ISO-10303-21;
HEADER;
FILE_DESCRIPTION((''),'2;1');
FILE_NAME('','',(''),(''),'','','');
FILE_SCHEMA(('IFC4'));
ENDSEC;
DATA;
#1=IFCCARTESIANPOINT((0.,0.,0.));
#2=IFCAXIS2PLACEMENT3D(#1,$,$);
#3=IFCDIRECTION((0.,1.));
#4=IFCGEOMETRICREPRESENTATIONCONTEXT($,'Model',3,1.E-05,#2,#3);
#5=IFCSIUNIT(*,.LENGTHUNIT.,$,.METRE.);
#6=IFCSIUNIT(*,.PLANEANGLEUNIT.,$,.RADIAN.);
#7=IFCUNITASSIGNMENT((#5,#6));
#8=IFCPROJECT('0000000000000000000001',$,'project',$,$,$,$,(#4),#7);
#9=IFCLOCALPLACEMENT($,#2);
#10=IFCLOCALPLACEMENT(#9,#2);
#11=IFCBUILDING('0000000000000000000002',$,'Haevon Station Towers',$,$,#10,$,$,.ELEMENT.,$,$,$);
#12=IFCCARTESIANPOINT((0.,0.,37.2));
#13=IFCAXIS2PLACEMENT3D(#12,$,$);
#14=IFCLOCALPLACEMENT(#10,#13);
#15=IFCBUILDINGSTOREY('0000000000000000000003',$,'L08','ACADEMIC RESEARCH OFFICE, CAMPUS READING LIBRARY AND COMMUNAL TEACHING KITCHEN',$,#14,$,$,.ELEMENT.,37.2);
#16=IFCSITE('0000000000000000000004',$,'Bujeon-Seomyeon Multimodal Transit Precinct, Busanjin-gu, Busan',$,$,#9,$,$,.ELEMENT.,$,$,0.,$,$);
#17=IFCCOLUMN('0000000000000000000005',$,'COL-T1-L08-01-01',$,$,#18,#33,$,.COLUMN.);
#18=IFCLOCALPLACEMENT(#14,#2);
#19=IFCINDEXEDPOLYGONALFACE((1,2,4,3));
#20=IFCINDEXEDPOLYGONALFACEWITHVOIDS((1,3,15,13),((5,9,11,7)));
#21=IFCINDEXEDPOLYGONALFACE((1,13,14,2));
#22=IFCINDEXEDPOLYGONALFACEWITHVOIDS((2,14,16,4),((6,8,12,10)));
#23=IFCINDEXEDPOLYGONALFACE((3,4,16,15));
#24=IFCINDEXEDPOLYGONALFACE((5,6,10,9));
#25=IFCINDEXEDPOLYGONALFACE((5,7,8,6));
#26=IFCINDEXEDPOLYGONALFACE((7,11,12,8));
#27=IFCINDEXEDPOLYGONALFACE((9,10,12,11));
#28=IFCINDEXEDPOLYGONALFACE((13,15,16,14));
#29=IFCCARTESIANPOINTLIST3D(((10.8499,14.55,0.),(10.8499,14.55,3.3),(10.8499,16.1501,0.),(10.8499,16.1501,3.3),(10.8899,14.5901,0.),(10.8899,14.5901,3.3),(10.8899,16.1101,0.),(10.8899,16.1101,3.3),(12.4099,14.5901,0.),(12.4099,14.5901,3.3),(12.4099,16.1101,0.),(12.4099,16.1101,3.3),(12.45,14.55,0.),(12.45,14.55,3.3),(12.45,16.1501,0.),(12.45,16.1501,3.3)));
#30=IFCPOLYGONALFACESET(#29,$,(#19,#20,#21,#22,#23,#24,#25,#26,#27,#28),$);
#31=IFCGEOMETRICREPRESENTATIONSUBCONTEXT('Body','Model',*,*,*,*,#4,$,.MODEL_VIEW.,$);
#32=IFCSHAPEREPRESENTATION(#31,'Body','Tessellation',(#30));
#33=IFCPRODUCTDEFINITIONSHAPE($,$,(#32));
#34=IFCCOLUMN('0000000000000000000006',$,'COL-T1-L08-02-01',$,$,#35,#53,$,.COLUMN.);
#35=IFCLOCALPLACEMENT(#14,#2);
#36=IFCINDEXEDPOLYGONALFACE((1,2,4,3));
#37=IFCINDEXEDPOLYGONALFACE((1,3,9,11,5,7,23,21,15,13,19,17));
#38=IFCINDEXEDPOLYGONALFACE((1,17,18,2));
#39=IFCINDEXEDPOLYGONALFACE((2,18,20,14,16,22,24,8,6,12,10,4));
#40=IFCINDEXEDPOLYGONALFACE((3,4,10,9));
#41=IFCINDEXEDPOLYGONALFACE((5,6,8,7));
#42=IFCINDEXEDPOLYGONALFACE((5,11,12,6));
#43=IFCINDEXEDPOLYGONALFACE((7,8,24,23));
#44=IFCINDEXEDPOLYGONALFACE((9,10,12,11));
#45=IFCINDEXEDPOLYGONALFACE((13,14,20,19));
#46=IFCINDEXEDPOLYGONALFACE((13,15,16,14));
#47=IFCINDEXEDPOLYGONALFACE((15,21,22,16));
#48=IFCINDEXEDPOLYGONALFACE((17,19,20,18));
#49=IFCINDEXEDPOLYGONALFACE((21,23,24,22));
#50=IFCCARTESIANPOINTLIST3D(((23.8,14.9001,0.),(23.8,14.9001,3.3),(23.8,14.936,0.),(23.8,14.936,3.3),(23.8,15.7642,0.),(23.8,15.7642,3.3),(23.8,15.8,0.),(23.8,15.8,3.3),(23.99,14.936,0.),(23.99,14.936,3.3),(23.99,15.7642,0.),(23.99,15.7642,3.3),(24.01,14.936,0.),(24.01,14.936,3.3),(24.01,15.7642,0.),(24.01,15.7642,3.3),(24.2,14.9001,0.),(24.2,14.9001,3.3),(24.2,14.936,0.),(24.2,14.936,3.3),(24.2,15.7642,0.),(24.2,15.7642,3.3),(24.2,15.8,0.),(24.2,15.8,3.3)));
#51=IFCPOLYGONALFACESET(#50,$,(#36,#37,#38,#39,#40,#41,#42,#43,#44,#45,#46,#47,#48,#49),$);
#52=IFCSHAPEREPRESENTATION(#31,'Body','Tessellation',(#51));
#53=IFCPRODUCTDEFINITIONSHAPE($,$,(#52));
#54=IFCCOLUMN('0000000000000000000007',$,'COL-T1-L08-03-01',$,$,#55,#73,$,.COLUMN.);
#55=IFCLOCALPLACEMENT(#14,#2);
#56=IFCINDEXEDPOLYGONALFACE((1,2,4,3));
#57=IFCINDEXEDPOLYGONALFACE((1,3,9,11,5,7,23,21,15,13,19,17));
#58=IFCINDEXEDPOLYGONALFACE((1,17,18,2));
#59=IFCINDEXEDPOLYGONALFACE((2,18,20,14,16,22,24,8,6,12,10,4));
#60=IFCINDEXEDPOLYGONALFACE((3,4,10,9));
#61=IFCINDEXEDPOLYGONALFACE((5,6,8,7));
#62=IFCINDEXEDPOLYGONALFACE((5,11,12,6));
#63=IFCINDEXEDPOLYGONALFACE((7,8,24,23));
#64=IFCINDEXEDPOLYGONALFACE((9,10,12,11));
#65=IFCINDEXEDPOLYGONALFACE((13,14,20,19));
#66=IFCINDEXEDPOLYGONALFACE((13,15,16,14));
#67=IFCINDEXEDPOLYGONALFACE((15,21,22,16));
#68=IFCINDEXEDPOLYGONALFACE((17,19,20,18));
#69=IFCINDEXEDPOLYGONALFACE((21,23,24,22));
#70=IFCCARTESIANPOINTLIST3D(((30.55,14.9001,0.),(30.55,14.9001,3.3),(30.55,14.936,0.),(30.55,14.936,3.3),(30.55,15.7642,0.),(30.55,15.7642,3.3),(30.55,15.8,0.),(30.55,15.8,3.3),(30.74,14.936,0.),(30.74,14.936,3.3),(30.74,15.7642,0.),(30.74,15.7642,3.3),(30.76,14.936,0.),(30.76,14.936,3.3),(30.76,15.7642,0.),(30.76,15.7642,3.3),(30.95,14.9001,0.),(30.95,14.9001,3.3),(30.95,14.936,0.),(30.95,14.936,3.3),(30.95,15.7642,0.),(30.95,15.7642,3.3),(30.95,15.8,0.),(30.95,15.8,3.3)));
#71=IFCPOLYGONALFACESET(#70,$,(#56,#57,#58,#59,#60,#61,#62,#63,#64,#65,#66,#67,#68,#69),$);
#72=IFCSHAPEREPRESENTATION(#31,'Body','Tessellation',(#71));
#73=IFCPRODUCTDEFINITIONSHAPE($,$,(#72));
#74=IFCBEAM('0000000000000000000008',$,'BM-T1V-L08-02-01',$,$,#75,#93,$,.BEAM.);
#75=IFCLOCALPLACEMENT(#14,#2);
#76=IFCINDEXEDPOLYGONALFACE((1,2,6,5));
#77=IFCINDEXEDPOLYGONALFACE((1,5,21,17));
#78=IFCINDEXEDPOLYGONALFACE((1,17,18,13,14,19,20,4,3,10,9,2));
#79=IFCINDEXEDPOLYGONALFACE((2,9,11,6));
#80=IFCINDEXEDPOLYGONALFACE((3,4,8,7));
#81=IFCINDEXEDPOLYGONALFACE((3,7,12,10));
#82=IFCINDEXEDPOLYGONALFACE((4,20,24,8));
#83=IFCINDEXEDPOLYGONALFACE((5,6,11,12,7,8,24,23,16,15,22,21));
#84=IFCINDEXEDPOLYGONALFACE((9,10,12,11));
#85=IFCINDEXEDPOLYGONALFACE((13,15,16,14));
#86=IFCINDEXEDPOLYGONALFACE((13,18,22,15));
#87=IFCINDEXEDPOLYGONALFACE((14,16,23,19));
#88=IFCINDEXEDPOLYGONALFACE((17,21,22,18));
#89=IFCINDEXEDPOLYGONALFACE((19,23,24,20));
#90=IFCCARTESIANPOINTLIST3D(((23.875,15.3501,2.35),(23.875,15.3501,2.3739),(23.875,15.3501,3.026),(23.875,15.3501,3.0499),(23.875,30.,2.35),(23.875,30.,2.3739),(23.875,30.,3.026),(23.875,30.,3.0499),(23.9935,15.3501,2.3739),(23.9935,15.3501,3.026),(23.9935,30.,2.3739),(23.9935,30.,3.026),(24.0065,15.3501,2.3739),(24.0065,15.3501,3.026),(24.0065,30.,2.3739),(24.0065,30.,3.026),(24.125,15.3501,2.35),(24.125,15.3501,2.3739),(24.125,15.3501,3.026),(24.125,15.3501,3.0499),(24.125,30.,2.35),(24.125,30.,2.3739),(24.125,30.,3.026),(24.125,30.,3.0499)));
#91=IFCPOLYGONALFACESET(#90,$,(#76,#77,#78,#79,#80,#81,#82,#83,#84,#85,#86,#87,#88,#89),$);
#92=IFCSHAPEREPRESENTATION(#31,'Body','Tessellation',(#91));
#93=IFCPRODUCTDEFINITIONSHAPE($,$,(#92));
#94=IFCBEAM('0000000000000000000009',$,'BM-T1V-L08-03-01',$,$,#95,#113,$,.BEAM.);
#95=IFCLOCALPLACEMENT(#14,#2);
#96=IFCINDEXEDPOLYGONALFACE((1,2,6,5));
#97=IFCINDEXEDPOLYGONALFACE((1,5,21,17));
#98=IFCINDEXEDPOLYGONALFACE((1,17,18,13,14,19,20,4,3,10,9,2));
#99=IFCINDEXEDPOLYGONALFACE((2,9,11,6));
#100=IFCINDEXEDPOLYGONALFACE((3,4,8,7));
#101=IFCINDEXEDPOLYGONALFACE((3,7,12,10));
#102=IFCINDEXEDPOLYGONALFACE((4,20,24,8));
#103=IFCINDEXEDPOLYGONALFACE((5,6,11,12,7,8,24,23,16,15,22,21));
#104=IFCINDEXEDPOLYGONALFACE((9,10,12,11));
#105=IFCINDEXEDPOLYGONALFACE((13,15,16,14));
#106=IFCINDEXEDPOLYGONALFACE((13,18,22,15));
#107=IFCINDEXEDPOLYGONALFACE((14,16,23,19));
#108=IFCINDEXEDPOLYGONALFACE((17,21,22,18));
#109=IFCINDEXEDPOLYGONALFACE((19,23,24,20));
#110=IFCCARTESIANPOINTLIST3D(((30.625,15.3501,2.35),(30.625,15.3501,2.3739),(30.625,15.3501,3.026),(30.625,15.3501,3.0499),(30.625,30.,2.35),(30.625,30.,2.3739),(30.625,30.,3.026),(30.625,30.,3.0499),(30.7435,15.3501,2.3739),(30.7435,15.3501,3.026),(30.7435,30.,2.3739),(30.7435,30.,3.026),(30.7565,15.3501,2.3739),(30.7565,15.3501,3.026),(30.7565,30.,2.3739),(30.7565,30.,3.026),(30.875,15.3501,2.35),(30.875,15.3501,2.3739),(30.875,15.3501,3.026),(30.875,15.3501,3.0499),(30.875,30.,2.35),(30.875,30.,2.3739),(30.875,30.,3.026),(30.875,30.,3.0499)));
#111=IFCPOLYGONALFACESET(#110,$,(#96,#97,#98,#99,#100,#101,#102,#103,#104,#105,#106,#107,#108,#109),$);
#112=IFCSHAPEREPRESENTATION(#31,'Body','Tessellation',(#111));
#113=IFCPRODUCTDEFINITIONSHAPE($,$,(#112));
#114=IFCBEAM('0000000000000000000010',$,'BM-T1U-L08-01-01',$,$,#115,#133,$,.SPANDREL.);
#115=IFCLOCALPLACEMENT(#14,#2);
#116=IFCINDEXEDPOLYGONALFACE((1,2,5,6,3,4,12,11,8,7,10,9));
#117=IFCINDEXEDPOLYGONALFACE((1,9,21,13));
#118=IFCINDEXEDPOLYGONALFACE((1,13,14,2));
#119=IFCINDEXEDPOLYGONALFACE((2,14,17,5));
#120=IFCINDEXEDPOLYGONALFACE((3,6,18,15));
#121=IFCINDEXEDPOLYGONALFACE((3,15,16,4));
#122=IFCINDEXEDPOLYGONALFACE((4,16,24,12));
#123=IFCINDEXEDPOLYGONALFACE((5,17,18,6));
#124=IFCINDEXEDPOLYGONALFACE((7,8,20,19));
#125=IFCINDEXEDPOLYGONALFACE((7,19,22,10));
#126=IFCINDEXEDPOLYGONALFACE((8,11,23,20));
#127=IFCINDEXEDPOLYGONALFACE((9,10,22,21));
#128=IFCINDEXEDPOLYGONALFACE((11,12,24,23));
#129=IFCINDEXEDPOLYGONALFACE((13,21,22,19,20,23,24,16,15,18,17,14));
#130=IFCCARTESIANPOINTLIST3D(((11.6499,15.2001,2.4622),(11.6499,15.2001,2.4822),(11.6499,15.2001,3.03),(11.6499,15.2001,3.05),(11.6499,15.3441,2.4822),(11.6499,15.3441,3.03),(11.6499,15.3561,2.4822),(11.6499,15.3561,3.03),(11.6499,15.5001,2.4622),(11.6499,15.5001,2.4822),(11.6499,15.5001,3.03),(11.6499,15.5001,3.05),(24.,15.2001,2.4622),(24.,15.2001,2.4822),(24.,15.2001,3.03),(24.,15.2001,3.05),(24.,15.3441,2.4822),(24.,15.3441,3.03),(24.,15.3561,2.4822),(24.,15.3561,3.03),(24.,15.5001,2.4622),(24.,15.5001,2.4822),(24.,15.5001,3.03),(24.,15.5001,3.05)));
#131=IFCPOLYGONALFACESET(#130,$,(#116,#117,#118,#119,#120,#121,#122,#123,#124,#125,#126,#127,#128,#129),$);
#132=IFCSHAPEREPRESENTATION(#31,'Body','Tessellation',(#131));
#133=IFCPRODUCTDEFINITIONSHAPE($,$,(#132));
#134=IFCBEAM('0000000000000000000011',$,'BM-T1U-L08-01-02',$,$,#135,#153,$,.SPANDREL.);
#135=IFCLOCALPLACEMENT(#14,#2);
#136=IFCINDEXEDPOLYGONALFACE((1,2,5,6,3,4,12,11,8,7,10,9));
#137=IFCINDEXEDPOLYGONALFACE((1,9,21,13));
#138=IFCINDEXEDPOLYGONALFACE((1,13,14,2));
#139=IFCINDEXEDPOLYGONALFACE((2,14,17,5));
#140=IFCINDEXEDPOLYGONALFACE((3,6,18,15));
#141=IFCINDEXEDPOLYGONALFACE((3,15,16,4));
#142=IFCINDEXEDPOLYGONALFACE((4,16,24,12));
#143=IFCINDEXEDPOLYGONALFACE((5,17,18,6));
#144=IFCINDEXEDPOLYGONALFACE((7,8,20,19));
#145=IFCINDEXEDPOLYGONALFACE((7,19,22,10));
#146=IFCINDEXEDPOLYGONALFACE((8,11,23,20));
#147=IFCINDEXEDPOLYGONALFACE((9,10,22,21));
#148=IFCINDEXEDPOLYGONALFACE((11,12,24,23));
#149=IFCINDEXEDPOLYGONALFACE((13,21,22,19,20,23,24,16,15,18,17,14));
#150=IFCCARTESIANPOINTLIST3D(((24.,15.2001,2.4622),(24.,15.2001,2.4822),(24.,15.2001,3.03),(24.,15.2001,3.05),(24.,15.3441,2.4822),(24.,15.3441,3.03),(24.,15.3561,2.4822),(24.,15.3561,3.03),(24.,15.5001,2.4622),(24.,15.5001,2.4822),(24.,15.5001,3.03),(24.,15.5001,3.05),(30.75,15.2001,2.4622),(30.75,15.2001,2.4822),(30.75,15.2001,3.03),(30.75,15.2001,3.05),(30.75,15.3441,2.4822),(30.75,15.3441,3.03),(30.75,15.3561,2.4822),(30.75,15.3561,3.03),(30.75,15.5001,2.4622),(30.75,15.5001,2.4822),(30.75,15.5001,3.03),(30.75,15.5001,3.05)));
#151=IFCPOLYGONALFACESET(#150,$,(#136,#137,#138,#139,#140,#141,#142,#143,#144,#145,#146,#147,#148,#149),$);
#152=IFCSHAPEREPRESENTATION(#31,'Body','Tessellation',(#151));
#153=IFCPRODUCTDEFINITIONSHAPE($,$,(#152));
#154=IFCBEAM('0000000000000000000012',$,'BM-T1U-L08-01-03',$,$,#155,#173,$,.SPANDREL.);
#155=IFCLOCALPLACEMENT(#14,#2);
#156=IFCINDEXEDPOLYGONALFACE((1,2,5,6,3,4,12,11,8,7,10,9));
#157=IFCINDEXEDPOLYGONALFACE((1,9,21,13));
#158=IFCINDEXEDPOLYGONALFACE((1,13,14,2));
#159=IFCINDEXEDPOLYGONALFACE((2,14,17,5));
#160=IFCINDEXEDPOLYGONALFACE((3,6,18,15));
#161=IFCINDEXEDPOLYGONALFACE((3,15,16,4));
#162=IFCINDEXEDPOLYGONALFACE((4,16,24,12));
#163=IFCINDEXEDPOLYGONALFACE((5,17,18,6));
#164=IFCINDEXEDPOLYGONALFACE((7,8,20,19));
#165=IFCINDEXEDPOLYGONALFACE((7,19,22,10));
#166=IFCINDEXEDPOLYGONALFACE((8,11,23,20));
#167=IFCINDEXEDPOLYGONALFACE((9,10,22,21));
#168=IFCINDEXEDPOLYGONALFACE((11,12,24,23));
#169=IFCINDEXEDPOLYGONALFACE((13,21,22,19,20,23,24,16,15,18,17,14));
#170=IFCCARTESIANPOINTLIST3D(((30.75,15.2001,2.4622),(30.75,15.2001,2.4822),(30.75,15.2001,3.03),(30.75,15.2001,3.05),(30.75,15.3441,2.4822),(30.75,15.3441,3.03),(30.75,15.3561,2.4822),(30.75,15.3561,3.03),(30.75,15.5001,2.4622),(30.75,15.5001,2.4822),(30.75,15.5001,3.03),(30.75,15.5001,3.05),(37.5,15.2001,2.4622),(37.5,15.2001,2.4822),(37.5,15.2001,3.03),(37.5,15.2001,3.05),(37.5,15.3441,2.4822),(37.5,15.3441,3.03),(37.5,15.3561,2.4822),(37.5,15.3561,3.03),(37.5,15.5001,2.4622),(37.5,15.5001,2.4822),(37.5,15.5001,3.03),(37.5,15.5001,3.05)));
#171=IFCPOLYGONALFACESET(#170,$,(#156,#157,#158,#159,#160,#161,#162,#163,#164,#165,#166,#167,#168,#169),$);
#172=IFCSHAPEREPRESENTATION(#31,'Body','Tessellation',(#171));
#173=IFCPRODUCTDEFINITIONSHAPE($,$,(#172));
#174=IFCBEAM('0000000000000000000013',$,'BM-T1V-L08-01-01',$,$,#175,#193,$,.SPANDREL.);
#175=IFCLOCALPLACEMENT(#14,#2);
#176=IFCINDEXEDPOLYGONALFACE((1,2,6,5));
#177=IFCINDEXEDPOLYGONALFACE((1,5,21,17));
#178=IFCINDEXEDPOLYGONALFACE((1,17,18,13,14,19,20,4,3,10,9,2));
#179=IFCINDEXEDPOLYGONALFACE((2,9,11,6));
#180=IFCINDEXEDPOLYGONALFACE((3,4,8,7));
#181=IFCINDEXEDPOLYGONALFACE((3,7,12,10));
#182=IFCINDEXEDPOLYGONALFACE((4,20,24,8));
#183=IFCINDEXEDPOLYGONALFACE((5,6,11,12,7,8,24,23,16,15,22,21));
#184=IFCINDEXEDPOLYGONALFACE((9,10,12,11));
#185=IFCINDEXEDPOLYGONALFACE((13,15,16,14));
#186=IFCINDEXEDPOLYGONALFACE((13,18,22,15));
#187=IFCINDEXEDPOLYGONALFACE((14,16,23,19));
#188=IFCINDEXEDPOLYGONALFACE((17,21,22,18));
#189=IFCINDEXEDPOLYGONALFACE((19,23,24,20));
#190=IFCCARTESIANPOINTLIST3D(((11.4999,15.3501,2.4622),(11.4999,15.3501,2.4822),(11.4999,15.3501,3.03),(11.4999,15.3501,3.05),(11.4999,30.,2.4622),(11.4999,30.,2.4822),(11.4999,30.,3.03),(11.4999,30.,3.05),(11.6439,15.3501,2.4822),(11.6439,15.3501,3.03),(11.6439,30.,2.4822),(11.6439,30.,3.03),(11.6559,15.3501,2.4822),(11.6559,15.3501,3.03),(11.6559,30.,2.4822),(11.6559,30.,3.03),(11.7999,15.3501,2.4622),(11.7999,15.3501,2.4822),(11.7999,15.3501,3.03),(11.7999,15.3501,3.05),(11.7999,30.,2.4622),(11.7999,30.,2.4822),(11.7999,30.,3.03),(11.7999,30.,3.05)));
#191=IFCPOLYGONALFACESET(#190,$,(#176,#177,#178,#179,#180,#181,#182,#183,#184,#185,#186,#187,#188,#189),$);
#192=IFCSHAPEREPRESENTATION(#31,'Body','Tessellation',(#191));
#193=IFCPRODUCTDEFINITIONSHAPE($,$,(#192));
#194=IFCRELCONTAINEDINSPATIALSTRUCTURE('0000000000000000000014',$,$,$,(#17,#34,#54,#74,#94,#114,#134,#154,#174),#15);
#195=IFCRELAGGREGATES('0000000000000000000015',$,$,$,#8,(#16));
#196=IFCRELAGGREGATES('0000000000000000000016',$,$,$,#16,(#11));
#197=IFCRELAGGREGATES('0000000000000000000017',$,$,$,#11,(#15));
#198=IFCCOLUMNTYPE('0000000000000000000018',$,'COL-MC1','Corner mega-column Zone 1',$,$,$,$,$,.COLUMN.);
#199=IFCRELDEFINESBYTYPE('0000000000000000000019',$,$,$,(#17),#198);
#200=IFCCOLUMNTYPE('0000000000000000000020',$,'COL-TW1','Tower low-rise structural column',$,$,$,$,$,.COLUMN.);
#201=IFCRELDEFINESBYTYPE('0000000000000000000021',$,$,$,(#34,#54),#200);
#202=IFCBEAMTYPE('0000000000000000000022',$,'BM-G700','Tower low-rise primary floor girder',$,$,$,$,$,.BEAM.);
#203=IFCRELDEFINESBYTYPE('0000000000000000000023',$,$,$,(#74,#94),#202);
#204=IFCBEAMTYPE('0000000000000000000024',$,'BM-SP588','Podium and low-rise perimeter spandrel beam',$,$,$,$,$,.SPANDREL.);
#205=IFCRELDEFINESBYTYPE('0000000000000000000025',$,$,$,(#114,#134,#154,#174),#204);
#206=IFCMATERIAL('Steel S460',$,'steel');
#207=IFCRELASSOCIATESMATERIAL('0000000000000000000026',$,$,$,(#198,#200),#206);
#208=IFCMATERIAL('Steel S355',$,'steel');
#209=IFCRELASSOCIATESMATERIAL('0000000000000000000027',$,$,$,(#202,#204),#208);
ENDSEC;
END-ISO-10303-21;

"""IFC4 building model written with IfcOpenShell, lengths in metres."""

from ifc_helpers import new_model, si_unit, direction, frame, origin, origin_2d, place, context, subcontext, project, spatial, hollow_rectangle, i_section, extrude, material, material_profile, profile_set, type_object, element, save


model = new_model("IFC4")

# Units and contexts
model_context = context("Model", 3, precision=1e-05, world=origin(), true_north=direction((0.0, 1.0)))
body_context = subcontext(model_context, "Body", "Model", "MODEL_VIEW")
ifc_project = project(units=[si_unit("LENGTHUNIT", "METRE"), si_unit("PLANEANGLEUNIT", "RADIAN")], contexts=[model_context])

# Site, building, storey
site_placement = place(None, origin())
site = spatial("IfcSite", under=ifc_project, at=site_placement, Name="Bujeon-Seomyeon Multimodal Transit Precinct, Busanjin-gu, Busan", CompositionType="ELEMENT", RefElevation=0.0)
building_placement = place(site_placement, origin())
building = spatial("IfcBuilding", under=site, at=building_placement, Name="Haevon Station Towers", CompositionType="ELEMENT")
storey_placement = place(building_placement, frame((0.0, 0.0, 37.2)))
storey = spatial("IfcBuildingStorey", under=building, at=storey_placement, Name="L08", Description="ACADEMIC RESEARCH OFFICE, CAMPUS READING LIBRARY AND COMMUNAL TEACHING KITCHEN", CompositionType="ELEMENT", Elevation=37.2)

# Columns
ifc_material_1 = material(Name="Steel S460", Category="steel")
ifc_material_profile_1 = material_profile(ifc_material_1, hollow_rectangle(XDim=1.6001, YDim=1.6001, WallThickness=0.04, at=origin_2d()), Name="BOX-1600x1600x40")
ifc_profile_set_1 = profile_set([ifc_material_profile_1], Name="Steel S460")
column_type_1 = type_object("IfcColumnType", Name="COL-MC1", Description="Corner mega-column Zone 1", PredefinedType="COLUMN", material=ifc_profile_set_1)
column_placement = place(storey_placement, frame((11.6499, 15.3501, 0.0), z_axis=(0.0, 0.0, 1.0), x_axis=(1.0, 0.0, 0.0)))
element("IfcColumn", 1, at=column_placement, inside=storey, type_object=column_type_1, Name="COL-T1-L08-01-01", PredefinedType="COLUMN", context=body_context, shape_type="SweptSolid", body=[
    extrude(hollow_rectangle(XDim=1.6001, YDim=1.6001, WallThickness=0.04, at=origin_2d()), origin(), (0.0, 0.0, 1.0), 3.3),
])
ifc_material_profile_2 = material_profile(ifc_material_1, i_section(OverallWidth=0.3999, OverallDepth=0.8999, WebThickness=0.02, FlangeThickness=0.0359, at=origin_2d()), Name="H-900x400x20x36")
ifc_profile_set_2 = profile_set([ifc_material_profile_2], Name="Steel S460")
column_type_2 = type_object("IfcColumnType", Name="COL-TW1", Description="Tower low-rise structural column", PredefinedType="COLUMN", material=ifc_profile_set_2)
for number, where, z_axis, x_axis, name in (
    (2, (24.0, 15.3501, 0.0), (0.0, 0.0, 1.0), (1.0, 0.0, 0.0), "COL-T1-L08-02-01"),
    (3, (30.75, 15.3501, 0.0), (0.0, 0.0, 1.0), (1.0, 0.0, 0.0), "COL-T1-L08-03-01"),
):
    element("IfcColumn", number, at=place(storey_placement, frame(where, z_axis=z_axis, x_axis=x_axis)), inside=storey, type_object=column_type_2, Name=name, PredefinedType="COLUMN", context=body_context, shape_type="SweptSolid", body=[
        extrude(i_section(OverallWidth=0.3999, OverallDepth=0.8999, WebThickness=0.02, FlangeThickness=0.0359, at=origin_2d()), origin(), (0.0, 0.0, 1.0), 3.3),
    ])

# Beams
ifc_material_2 = material(Name="Steel S355", Category="steel")
ifc_material_profile_3 = material_profile(ifc_material_2, i_section(OverallWidth=0.25, OverallDepth=0.7, WebThickness=0.0129, FlangeThickness=0.0239, at=origin_2d()), Name="H-700x250x13x24")
ifc_profile_set_3 = profile_set([ifc_material_profile_3], Name="Steel S355")
beam_type_1 = type_object("IfcBeamType", Name="BM-G700", Description="Tower low-rise primary floor girder", PredefinedType="BEAM", material=ifc_profile_set_3)
for number, where, z_axis, x_axis, name in (
    (4, (24.0, 15.3501, 2.7), (0.0, 1.0, 0.0), (-1.0, 0.0, 0.0), "BM-T1V-L08-02-01"),
    (5, (30.75, 15.3501, 2.7), (0.0, 1.0, 0.0), (-1.0, 0.0, 0.0), "BM-T1V-L08-03-01"),
):
    element("IfcBeam", number, at=place(storey_placement, frame(where, z_axis=z_axis, x_axis=x_axis)), inside=storey, type_object=beam_type_1, Name=name, PredefinedType="BEAM", context=body_context, shape_type="SweptSolid", body=[
        extrude(i_section(OverallWidth=0.25, OverallDepth=0.7, WebThickness=0.0129, FlangeThickness=0.0239, at=origin_2d()), origin(), (0.0, 0.0, 1.0), 14.6499),
    ])
ifc_material_profile_4 = material_profile(ifc_material_2, i_section(OverallWidth=0.3, OverallDepth=0.5879, WebThickness=0.012, FlangeThickness=0.02, at=origin_2d()), Name="H-588x300x12x20")
ifc_profile_set_4 = profile_set([ifc_material_profile_4], Name="Steel S355")
beam_type_2 = type_object("IfcBeamType", Name="BM-SP588", Description="Podium and low-rise perimeter spandrel beam", PredefinedType="SPANDREL", material=ifc_profile_set_4)
beam_1_placement = place(storey_placement, frame((11.6499, 15.3501, 2.7561), z_axis=(1.0, 0.0, 0.0), x_axis=(0.0, 1.0, 0.0)))
element("IfcBeam", 6, at=beam_1_placement, inside=storey, type_object=beam_type_2, Name="BM-T1U-L08-01-01", PredefinedType="SPANDREL", context=body_context, shape_type="SweptSolid", body=[
    extrude(i_section(OverallWidth=0.3, OverallDepth=0.5879, WebThickness=0.012, FlangeThickness=0.02, at=origin_2d()), origin(), (0.0, 0.0, 1.0), 12.3501),
])
for number, where, z_axis, x_axis, name in (
    (7, (24.0, 15.3501, 2.7561), (1.0, 0.0, 0.0), (0.0, 1.0, 0.0), "BM-T1U-L08-01-02"),
    (8, (30.75, 15.3501, 2.7561), (1.0, 0.0, 0.0), (0.0, 1.0, 0.0), "BM-T1U-L08-01-03"),
):
    element("IfcBeam", number, at=place(storey_placement, frame(where, z_axis=z_axis, x_axis=x_axis)), inside=storey, type_object=beam_type_2, Name=name, PredefinedType="SPANDREL", context=body_context, shape_type="SweptSolid", body=[
        extrude(i_section(OverallWidth=0.3, OverallDepth=0.5879, WebThickness=0.012, FlangeThickness=0.02, at=origin_2d()), origin(), (0.0, 0.0, 1.0), 6.75),
    ])
beam_2_placement = place(storey_placement, frame((11.6499, 15.3501, 2.7561), z_axis=(0.0, 1.0, 0.0), x_axis=(-1.0, 0.0, 0.0)))
element("IfcBeam", 9, at=beam_2_placement, inside=storey, type_object=beam_type_2, Name="BM-T1V-L08-01-01", PredefinedType="SPANDREL", context=body_context, shape_type="SweptSolid", body=[
    extrude(i_section(OverallWidth=0.3, OverallDepth=0.5879, WebThickness=0.012, FlangeThickness=0.02, at=origin_2d()), origin(), (0.0, 0.0, 1.0), 14.6499),
])

save(model, "model.ifc")
